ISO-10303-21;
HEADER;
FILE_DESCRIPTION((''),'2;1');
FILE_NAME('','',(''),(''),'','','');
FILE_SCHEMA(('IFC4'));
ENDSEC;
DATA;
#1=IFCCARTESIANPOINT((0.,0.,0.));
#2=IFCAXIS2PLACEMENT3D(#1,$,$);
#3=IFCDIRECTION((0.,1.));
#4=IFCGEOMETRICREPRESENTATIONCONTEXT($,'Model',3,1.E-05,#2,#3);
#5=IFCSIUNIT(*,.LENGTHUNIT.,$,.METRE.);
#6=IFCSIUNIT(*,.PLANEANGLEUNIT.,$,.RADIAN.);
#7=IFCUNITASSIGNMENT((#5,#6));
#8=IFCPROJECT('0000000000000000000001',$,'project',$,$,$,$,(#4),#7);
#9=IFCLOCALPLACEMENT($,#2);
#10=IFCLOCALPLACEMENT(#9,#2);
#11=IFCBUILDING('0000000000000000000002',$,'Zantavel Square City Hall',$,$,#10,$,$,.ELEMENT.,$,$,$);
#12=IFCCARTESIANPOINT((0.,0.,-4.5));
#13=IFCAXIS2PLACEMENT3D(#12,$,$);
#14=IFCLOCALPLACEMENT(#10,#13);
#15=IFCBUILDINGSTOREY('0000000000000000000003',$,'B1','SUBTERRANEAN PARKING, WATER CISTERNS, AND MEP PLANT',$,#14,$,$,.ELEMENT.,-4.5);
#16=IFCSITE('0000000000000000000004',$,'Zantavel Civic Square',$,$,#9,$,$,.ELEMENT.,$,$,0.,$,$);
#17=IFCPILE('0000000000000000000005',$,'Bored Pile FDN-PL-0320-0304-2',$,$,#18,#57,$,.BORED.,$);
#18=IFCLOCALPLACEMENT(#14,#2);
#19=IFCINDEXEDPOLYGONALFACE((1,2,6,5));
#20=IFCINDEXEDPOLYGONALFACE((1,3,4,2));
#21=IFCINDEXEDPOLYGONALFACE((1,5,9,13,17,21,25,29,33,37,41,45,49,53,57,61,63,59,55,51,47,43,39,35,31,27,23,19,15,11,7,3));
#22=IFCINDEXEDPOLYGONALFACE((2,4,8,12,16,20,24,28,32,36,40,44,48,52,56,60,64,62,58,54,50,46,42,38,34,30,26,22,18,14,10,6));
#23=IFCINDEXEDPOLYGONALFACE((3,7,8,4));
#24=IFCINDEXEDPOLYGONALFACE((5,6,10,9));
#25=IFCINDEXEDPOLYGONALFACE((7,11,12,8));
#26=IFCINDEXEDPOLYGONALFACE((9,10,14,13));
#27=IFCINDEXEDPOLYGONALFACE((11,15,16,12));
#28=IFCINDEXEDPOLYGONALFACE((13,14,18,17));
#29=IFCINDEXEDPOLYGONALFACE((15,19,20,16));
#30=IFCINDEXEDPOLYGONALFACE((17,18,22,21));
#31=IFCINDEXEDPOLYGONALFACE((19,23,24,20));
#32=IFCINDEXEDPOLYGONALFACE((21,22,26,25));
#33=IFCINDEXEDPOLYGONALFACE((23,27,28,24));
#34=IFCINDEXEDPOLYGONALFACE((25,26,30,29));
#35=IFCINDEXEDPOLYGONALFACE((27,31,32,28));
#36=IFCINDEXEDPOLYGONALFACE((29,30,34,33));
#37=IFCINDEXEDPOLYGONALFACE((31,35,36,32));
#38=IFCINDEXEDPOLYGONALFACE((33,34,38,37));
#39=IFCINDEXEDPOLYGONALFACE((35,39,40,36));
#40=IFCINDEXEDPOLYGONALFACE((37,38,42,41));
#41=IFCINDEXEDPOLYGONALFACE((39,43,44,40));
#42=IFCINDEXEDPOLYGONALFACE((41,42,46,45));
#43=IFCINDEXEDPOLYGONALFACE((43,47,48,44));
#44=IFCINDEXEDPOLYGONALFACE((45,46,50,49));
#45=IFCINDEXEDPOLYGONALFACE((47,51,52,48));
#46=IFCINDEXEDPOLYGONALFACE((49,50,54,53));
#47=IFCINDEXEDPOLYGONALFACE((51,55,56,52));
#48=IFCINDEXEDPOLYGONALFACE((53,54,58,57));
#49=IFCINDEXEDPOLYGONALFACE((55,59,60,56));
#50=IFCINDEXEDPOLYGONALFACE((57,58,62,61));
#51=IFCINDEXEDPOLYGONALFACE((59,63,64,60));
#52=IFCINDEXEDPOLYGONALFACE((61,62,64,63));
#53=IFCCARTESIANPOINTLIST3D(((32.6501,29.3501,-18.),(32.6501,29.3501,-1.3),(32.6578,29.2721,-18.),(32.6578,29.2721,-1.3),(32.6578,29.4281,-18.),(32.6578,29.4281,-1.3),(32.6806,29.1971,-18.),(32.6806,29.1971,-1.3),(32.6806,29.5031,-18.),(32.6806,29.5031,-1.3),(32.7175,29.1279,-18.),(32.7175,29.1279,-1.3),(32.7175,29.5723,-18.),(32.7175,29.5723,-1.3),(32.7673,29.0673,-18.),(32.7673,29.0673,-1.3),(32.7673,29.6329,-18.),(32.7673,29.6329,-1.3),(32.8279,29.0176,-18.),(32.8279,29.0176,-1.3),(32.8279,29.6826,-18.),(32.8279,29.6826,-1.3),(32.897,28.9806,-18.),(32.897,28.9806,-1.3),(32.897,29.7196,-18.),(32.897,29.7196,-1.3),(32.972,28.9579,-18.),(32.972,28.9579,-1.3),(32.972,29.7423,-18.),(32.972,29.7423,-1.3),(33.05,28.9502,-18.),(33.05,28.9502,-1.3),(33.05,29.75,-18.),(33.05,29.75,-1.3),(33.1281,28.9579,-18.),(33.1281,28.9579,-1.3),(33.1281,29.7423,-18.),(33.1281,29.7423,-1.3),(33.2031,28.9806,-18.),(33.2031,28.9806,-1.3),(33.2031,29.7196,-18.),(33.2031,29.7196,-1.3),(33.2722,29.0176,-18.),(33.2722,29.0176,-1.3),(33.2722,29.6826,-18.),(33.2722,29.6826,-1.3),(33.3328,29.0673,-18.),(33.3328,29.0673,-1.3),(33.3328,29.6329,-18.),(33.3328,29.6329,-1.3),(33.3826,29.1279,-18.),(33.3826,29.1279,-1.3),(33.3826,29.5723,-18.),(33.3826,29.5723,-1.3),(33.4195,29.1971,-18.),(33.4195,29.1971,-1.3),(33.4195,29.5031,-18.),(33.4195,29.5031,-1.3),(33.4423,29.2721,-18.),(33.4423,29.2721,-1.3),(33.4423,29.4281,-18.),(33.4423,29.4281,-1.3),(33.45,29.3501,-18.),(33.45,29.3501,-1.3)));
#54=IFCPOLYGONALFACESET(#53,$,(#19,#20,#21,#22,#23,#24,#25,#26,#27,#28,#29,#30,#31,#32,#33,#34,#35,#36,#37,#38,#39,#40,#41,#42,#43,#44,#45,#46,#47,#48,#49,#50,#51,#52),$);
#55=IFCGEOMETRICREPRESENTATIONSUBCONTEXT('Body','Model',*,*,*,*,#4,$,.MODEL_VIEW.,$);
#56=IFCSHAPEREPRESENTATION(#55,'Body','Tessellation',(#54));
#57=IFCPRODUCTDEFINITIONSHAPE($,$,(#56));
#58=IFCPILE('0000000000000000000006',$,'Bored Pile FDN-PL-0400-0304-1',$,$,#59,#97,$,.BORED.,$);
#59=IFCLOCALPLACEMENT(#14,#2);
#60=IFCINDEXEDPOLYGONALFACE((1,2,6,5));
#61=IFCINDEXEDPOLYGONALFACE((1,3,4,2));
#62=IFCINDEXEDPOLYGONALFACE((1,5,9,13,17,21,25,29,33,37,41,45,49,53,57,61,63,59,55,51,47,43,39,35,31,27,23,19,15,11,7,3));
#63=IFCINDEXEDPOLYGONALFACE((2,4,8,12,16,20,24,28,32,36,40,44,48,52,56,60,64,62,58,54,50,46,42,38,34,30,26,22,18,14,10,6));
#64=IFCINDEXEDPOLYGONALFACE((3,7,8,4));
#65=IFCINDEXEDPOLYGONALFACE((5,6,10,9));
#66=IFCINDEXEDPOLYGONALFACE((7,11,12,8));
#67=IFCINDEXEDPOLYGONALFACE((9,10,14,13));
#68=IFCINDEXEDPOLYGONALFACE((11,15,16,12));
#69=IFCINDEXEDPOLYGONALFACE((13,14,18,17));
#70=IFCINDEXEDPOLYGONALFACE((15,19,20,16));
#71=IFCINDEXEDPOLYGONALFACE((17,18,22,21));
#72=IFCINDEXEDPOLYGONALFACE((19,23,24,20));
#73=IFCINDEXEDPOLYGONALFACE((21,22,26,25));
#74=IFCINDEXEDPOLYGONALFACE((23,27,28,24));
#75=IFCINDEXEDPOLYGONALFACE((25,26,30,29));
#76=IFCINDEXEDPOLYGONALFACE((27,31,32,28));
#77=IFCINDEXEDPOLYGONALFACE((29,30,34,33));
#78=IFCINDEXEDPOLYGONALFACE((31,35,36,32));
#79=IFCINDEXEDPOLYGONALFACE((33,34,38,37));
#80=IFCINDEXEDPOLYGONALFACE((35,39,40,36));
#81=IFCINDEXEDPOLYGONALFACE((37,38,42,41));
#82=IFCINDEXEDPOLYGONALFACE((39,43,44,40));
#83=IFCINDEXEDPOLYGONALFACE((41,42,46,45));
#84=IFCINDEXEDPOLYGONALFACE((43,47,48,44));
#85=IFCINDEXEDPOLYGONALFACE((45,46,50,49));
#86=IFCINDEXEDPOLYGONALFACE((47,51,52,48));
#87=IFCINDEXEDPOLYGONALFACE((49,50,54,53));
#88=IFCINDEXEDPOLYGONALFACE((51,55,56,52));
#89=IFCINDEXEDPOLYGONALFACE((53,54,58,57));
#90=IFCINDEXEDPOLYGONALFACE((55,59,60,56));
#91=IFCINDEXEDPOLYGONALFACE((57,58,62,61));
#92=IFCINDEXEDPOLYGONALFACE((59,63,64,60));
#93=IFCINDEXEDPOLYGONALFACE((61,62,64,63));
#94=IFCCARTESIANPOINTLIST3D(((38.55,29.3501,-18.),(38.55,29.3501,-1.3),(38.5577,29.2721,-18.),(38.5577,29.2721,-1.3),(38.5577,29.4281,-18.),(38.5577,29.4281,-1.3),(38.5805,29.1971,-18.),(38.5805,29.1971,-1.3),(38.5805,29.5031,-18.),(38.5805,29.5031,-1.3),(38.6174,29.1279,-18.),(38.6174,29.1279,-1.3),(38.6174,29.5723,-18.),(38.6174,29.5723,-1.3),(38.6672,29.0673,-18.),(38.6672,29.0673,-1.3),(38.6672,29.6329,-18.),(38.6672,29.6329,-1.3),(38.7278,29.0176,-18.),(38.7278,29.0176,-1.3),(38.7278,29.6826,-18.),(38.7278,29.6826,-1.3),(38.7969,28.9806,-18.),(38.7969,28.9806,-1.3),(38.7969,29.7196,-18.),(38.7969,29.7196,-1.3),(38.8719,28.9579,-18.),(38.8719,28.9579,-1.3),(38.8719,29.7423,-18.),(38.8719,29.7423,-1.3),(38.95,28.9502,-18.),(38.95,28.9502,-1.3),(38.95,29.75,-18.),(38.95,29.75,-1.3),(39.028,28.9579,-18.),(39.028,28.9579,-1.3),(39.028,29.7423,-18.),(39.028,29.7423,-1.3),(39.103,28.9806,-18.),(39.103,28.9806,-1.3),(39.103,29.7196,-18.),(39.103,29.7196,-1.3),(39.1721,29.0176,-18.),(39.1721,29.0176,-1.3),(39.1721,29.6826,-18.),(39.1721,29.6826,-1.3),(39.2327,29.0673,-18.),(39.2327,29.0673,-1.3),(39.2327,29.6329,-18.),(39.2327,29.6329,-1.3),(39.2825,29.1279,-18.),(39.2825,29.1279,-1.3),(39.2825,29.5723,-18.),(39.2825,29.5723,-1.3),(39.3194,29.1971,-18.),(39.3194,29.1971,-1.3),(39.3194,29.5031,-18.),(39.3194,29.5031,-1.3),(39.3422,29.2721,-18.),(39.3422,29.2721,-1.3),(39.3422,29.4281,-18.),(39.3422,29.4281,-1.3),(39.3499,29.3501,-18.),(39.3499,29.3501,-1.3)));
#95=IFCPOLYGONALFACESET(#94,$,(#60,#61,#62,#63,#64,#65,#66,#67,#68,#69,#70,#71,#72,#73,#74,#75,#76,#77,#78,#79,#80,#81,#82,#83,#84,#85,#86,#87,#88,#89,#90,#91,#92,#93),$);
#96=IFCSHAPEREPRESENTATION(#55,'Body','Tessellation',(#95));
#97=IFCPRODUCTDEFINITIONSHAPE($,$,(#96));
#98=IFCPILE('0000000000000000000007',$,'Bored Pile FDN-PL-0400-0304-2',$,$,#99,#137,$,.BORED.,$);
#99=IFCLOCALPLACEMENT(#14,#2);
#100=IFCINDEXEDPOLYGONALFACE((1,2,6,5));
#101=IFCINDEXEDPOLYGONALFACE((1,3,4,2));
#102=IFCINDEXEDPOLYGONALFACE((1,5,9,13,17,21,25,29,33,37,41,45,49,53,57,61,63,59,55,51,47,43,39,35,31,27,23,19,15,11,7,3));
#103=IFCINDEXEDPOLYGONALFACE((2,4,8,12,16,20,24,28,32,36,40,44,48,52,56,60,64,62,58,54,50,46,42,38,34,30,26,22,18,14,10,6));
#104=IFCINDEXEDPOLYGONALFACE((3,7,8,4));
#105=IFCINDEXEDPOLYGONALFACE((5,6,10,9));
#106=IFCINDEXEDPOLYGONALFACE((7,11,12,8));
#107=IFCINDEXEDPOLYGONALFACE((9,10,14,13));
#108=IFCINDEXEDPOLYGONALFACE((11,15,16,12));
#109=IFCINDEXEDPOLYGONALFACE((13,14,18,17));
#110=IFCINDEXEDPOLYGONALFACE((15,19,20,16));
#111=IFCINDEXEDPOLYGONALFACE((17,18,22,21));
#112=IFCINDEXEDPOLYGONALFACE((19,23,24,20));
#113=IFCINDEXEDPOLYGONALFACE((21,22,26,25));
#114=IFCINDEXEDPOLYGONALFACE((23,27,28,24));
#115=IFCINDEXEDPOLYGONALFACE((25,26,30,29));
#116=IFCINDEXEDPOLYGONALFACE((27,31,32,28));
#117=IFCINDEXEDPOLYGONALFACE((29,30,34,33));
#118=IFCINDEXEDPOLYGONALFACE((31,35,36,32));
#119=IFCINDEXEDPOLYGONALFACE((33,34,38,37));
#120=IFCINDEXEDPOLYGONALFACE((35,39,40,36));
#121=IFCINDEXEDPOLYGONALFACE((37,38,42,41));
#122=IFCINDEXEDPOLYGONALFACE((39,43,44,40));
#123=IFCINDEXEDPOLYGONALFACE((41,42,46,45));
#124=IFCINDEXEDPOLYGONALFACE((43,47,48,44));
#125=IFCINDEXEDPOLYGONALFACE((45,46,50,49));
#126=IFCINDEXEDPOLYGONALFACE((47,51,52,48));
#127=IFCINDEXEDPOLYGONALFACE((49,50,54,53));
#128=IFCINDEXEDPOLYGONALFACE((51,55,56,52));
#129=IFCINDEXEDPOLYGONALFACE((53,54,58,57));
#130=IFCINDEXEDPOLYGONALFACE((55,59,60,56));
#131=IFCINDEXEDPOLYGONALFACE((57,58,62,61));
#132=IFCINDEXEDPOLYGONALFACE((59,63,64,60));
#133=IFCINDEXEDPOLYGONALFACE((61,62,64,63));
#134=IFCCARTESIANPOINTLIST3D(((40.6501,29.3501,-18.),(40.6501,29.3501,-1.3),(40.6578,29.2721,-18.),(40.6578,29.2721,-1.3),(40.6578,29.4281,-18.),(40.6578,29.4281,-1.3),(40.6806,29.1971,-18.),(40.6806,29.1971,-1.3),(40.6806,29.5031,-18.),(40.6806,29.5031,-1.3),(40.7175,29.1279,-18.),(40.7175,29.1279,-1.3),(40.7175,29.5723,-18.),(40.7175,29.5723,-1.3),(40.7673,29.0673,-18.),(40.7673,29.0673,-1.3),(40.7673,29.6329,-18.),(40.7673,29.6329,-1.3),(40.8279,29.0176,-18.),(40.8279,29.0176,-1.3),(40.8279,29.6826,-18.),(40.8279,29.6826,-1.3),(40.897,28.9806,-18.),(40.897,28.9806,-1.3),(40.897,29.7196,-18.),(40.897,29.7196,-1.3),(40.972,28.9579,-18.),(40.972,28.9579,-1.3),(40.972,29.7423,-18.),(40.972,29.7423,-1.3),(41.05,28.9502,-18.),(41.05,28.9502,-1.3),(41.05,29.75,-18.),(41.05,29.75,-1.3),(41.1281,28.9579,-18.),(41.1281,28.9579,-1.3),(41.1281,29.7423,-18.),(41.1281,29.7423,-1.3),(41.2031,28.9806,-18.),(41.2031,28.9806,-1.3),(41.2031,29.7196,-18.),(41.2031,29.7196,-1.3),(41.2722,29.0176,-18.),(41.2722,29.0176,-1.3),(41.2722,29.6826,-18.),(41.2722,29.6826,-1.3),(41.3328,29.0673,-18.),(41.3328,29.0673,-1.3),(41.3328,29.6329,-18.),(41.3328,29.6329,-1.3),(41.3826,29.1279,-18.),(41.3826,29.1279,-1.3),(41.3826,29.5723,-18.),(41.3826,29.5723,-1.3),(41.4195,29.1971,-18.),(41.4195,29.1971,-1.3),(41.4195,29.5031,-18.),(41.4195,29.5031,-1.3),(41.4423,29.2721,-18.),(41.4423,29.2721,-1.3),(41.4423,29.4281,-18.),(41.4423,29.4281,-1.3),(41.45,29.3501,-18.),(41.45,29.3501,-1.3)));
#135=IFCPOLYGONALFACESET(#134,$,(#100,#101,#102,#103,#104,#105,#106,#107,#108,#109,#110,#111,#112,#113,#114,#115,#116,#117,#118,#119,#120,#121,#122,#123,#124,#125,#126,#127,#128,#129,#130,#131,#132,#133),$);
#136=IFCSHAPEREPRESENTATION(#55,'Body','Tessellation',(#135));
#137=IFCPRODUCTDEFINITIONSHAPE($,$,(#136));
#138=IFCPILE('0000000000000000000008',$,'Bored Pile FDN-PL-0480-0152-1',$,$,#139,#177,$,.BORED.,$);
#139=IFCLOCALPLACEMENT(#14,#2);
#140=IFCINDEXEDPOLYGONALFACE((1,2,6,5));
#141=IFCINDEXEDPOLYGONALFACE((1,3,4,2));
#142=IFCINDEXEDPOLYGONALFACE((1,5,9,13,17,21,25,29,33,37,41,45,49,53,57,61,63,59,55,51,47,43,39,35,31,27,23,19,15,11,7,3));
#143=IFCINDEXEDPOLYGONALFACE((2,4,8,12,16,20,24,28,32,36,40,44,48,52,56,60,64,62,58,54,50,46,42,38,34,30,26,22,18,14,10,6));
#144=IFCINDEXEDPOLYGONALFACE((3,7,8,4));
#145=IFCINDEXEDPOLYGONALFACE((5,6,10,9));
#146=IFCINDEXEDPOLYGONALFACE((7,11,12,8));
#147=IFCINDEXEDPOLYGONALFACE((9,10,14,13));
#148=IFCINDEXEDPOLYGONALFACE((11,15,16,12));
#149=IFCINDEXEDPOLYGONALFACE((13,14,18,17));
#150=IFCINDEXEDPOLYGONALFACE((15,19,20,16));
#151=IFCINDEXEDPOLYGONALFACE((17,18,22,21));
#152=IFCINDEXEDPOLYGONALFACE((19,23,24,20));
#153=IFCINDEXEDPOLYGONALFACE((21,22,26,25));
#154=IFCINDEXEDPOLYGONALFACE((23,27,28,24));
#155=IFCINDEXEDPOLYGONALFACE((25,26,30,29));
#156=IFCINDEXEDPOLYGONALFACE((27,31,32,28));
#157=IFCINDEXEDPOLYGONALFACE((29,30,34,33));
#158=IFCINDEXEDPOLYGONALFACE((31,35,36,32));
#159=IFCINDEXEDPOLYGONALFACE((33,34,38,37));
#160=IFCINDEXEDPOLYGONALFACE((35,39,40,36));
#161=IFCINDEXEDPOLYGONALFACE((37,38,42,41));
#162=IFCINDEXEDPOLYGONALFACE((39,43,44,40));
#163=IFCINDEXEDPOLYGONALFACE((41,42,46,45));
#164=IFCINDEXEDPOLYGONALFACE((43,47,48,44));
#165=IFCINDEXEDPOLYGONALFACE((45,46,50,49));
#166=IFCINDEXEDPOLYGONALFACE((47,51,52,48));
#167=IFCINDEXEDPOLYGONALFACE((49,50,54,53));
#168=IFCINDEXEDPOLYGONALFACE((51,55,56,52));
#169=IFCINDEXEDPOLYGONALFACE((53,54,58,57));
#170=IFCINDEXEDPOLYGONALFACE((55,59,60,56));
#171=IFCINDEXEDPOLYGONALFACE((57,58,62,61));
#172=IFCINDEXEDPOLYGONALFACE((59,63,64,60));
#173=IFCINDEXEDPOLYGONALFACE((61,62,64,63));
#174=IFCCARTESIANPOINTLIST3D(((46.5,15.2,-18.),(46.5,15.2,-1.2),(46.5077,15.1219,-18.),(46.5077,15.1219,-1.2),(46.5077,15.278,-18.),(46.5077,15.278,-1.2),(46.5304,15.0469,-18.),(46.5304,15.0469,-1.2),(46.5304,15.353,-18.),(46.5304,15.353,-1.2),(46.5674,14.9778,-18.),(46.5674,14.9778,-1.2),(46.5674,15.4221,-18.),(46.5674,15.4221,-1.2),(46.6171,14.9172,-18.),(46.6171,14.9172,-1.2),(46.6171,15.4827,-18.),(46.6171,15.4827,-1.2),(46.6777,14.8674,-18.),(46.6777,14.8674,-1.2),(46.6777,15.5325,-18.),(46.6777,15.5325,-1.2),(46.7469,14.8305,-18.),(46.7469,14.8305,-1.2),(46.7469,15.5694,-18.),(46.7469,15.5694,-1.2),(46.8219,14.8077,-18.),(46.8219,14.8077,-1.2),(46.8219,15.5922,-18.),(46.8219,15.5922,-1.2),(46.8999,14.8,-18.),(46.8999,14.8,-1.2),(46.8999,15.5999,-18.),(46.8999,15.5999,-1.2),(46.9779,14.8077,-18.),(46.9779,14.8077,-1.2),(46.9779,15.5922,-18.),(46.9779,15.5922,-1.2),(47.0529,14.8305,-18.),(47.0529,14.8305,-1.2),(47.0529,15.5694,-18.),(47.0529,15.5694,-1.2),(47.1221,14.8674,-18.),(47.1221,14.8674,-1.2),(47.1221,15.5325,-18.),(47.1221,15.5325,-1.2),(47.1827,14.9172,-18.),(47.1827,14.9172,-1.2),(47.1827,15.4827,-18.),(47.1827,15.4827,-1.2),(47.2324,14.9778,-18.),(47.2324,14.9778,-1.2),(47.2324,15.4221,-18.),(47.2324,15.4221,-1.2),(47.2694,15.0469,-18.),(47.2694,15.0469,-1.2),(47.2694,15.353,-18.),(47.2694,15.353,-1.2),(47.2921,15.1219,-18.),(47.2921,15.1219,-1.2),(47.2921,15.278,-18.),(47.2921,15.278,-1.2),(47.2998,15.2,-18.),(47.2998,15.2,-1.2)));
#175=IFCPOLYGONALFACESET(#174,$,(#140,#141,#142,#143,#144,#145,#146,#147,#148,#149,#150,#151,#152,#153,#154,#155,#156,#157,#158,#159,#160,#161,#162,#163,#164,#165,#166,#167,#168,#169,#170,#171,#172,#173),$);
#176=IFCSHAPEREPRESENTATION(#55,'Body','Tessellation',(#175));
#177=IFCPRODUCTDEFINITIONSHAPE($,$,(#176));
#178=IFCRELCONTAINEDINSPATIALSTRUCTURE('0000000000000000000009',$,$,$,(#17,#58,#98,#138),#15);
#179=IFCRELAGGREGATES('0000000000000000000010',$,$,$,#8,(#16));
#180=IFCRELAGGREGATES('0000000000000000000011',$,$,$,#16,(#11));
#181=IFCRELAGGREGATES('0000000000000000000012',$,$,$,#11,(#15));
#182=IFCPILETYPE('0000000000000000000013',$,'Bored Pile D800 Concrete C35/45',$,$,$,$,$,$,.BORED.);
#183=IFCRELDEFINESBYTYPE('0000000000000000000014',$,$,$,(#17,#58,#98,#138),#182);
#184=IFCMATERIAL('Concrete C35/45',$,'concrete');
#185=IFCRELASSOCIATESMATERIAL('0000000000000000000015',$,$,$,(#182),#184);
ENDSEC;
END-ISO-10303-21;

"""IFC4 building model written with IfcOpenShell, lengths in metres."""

from ifc_helpers import new_model, si_unit, direction, frame, origin, origin_2d, place, context, subcontext, project, spatial, circle, extrude, material, material_profile, profile_set, type_object, element, save


model = new_model("IFC4")

# Units and contexts
model_context = context("Model", 3, precision=1e-05, world=origin(), true_north=direction((0.0, 1.0)))
body_context = subcontext(model_context, "Body", "Model", "MODEL_VIEW")
ifc_project = project(units=[si_unit("LENGTHUNIT", "METRE"), si_unit("PLANEANGLEUNIT", "RADIAN")], contexts=[model_context])

# Site, building, storey
site_placement = place(None, origin())
site = spatial("IfcSite", under=ifc_project, at=site_placement, Name="Zantavel Civic Square", CompositionType="ELEMENT", RefElevation=0.0)
building_placement = place(site_placement, origin())
building = spatial("IfcBuilding", under=site, at=building_placement, Name="Zantavel Square City Hall", CompositionType="ELEMENT")
storey_placement = place(building_placement, frame((0.0, 0.0, -4.5)))
storey = spatial("IfcBuildingStorey", under=building, at=storey_placement, Name="B1", Description="SUBTERRANEAN PARKING, WATER CISTERNS, AND MEP PLANT", CompositionType="ELEMENT", Elevation=-4.5)

# Piles
ifc_material_1 = material(Name="Concrete C35/45", Category="concrete")
ifc_material_profile_1 = material_profile(ifc_material_1, circle(Radius=0.3999, at=origin_2d()), Name="PILE D800")
ifc_profile_set_1 = profile_set([ifc_material_profile_1], Name="Concrete C35/45")
pile_type_1 = type_object("IfcPileType", Name="Bored Pile D800 Concrete C35/45", PredefinedType="BORED", material=ifc_profile_set_1)
for number, where, z_axis, x_axis, name in (
    (1, (33.05, 29.3501, -1.3), (0.0, 0.0, -1.0), (1.0, 0.0, 0.0), "Bored Pile FDN-PL-0320-0304-2"),
    (2, (38.95, 29.3501, -1.3), (0.0, 0.0, -1.0), (1.0, 0.0, 0.0), "Bored Pile FDN-PL-0400-0304-1"),
    (3, (41.05, 29.3501, -1.3), (0.0, 0.0, -1.0), (1.0, 0.0, 0.0), "Bored Pile FDN-PL-0400-0304-2"),
):
    element("IfcPile", number, at=place(storey_placement, frame(where, z_axis=z_axis, x_axis=x_axis)), inside=storey, type_object=pile_type_1, Name=name, PredefinedType="BORED", context=body_context, shape_type="SweptSolid", body=[
        extrude(circle(Radius=0.3999, at=origin_2d()), origin(), (0.0, 0.0, 1.0), 16.7),
    ])
pile_1_placement = place(storey_placement, frame((46.8999, 15.2, -1.2), z_axis=(0.0, 0.0, -1.0), x_axis=(1.0, 0.0, 0.0)))
element("IfcPile", 4, at=pile_1_placement, inside=storey, type_object=pile_type_1, Name="Bored Pile FDN-PL-0480-0152-1", PredefinedType="BORED", context=body_context, shape_type="SweptSolid", body=[
    extrude(circle(Radius=0.3999, at=origin_2d()), origin(), (0.0, 0.0, 1.0), 16.8),
])

save(model, "model.ifc")
